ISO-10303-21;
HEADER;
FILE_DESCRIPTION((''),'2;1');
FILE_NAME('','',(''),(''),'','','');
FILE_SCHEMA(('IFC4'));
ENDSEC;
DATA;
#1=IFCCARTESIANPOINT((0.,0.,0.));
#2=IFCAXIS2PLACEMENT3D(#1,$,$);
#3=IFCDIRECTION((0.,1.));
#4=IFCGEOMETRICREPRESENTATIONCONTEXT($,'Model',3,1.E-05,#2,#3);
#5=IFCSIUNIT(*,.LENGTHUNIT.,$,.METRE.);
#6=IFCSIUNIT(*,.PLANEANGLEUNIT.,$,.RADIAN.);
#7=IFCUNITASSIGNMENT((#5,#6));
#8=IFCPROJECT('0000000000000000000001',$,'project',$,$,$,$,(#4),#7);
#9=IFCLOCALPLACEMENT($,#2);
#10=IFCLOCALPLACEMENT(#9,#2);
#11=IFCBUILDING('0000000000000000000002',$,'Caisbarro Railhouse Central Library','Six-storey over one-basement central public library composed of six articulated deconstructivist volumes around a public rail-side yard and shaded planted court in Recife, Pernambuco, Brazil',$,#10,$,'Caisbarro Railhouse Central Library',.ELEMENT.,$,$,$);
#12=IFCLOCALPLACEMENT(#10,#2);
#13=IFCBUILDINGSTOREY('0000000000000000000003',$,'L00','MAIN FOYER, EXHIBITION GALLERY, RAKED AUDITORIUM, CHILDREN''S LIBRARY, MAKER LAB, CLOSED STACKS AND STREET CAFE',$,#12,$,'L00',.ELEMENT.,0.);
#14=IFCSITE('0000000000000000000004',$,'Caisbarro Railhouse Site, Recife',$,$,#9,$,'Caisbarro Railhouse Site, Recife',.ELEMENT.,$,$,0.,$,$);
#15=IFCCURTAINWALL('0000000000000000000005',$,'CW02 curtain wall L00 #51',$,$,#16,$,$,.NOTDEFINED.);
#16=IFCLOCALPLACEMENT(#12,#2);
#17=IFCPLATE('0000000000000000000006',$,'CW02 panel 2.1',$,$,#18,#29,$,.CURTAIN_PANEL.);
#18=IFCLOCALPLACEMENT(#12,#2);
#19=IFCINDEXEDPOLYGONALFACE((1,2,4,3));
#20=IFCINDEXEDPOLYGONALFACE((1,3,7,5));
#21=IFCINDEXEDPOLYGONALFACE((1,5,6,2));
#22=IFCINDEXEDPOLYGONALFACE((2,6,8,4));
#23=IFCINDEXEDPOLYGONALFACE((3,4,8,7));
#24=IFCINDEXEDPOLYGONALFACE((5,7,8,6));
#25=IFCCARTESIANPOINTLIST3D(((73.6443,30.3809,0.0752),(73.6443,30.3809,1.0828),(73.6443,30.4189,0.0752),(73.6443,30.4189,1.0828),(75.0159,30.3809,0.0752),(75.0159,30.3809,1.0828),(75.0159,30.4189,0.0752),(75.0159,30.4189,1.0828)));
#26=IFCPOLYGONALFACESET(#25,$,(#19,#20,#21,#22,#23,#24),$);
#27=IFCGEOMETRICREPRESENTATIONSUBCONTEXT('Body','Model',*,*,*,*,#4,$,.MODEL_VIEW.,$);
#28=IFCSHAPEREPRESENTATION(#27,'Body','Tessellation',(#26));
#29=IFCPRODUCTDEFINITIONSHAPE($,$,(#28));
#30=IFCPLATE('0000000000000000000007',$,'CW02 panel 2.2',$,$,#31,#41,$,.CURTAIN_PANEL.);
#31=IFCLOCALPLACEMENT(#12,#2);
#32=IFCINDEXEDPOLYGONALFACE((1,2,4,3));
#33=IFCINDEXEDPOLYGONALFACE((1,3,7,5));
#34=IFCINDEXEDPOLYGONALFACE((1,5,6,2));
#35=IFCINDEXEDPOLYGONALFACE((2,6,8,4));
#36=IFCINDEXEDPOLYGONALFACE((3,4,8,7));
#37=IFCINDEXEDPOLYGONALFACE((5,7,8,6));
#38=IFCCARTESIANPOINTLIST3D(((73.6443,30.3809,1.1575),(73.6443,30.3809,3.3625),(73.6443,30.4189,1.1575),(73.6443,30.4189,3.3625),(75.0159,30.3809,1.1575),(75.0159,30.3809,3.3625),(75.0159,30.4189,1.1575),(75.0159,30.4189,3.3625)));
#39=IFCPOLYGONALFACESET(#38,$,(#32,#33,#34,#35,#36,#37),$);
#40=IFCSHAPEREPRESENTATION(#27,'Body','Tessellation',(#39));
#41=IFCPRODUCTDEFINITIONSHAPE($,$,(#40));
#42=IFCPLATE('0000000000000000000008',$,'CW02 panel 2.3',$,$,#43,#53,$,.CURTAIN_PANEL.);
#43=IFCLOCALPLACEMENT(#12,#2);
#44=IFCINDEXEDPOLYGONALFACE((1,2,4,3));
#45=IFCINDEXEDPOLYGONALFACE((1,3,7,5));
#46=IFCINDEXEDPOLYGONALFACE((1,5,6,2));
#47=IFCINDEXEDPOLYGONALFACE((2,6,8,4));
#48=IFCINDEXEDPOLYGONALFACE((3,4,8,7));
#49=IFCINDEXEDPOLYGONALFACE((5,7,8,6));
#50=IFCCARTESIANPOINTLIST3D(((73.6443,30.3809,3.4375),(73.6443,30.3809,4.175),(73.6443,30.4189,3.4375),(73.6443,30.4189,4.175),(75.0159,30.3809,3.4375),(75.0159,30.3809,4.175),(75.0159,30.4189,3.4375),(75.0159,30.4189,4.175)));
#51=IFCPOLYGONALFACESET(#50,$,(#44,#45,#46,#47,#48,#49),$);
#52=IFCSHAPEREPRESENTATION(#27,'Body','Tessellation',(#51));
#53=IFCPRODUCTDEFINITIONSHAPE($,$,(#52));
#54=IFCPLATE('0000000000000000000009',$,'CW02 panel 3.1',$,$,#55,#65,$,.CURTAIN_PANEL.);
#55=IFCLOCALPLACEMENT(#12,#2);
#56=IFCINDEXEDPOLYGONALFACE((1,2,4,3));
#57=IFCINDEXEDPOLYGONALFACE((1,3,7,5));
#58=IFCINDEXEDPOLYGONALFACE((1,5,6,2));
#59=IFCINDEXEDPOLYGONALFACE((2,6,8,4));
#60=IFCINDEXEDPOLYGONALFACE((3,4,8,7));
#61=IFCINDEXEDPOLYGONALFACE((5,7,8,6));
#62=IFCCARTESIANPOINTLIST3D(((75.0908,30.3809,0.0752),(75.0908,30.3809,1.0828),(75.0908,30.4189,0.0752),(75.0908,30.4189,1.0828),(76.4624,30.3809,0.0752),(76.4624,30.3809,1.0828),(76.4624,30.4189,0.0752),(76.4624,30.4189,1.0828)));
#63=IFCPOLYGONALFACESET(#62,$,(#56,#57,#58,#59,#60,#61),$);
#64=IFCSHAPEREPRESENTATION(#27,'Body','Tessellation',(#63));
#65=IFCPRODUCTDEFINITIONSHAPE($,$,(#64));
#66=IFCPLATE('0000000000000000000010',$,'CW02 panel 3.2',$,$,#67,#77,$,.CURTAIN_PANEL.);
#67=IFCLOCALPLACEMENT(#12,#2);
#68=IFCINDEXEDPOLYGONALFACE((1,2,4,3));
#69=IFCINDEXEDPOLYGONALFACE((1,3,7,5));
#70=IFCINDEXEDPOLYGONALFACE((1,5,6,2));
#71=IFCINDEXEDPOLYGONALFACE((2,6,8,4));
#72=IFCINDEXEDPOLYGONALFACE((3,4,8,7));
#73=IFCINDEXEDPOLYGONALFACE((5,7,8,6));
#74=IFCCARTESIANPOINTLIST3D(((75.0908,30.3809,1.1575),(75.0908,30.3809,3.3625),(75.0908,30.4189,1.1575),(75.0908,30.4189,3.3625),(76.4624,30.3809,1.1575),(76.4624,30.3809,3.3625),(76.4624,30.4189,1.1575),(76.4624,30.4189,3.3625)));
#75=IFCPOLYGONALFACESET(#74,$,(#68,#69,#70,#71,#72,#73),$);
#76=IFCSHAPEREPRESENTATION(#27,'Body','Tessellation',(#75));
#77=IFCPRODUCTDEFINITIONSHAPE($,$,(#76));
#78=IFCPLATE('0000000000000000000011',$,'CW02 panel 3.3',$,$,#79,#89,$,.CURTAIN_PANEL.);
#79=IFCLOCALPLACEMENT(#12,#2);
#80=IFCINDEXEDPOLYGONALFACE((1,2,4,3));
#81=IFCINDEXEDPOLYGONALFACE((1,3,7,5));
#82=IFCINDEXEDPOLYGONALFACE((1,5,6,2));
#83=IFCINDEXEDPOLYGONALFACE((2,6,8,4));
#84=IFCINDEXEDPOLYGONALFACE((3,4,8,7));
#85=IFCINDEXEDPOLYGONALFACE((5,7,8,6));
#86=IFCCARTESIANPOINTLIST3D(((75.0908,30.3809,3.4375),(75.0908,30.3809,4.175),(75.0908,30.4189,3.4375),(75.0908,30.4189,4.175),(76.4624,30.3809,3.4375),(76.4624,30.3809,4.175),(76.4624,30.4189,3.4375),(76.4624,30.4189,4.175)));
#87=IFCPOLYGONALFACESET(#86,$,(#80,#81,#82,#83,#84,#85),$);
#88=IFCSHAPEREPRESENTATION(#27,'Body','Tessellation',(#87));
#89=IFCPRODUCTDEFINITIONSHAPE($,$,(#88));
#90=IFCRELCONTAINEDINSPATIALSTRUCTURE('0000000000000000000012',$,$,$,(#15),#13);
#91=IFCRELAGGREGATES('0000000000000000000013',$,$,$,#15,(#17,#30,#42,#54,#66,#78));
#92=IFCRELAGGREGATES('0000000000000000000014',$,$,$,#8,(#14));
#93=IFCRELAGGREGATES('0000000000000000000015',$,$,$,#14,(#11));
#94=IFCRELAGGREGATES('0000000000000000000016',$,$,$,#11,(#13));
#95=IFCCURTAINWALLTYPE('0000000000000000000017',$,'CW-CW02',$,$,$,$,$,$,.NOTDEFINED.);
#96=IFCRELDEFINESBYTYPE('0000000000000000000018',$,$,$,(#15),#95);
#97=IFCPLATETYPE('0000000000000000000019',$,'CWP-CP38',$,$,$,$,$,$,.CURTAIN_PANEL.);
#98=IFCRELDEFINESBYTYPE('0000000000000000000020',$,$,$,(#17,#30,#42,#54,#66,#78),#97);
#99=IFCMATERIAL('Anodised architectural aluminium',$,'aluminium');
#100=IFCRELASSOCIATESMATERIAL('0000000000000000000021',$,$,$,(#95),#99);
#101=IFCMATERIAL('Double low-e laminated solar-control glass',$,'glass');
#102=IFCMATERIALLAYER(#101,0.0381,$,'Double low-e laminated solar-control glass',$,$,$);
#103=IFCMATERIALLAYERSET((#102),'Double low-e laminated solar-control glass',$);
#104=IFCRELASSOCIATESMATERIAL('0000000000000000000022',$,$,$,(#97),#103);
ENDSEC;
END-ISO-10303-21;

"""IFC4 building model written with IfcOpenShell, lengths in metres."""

from ifc_helpers import new_model, si_unit, direction, frame, origin, origin_2d, place, context, subcontext, project, spatial, rectangle, extrude, material, layer, layer_set, type_object, element, aggregate, save


model = new_model("IFC4")

# Units and contexts
model_context = context("Model", 3, precision=1e-05, world=origin(), true_north=direction((0.0, 1.0)))
body_context = subcontext(model_context, "Body", "Model", "MODEL_VIEW")
ifc_project = project(units=[si_unit("LENGTHUNIT", "METRE"), si_unit("PLANEANGLEUNIT", "RADIAN")], contexts=[model_context])

# Site, building, storey
site_placement = place(None, origin())
site = spatial("IfcSite", under=ifc_project, at=site_placement, Name="Caisbarro Railhouse Site, Recife", LongName="Caisbarro Railhouse Site, Recife", CompositionType="ELEMENT", RefElevation=0.0)
building_placement = place(site_placement, origin())
building = spatial("IfcBuilding", under=site, at=building_placement, Name="Caisbarro Railhouse Central Library", Description="Six-storey over one-basement central public library composed of six articulated deconstructivist volumes around a public rail-side yard and shaded planted court in Recife, Pernambuco, Brazil", LongName="Caisbarro Railhouse Central Library", CompositionType="ELEMENT")
storey_placement = place(building_placement, origin())
storey = spatial("IfcBuildingStorey", under=building, at=storey_placement, Name="L00", Description="MAIN FOYER, EXHIBITION GALLERY, RAKED AUDITORIUM, CHILDREN'S LIBRARY, MAKER LAB, CLOSED STACKS AND STREET CAFE", LongName="L00", CompositionType="ELEMENT", Elevation=0.0)

# Curtain wall, plates
ifc_material_1 = material(Name="Anodised architectural aluminium", Category="aluminium")
curtain_wall_type = type_object("IfcCurtainWallType", Name="CW-CW02", PredefinedType="NOTDEFINED", material=ifc_material_1)
curtain_wall_placement = place(storey_placement, origin())
curtain_wall = element("IfcCurtainWall", 1, at=curtain_wall_placement, inside=storey, type_object=curtain_wall_type, Name="CW02 curtain wall L00 #51", PredefinedType="NOTDEFINED")
ifc_material_2 = material(Name="Double low-e laminated solar-control glass", Category="glass")
ifc_layer = layer(ifc_material_2, 0.0381, Name="Double low-e laminated solar-control glass")
ifc_layer_set = layer_set([ifc_layer], Name="Double low-e laminated solar-control glass")
plate_type = type_object("IfcPlateType", Name="CWP-CP38", PredefinedType="CURTAIN_PANEL", material=ifc_layer_set)
plate_1_placement = place(storey_placement, frame((74.3301, 30.3999, 0.0752), z_axis=(0.0, 0.0, 1.0), x_axis=(1.0, 0.0, 0.0)))
plate_1 = element("IfcPlate", 2, at=plate_1_placement, type_object=plate_type, Name="CW02 panel 2.1", PredefinedType="CURTAIN_PANEL", context=body_context, shape_type="SweptSolid", body=[
    extrude(rectangle(XDim=1.3716, YDim=0.0381, at=origin_2d()), origin(), (0.0, 0.0, 1.0), 1.0076),
])
plate_2_placement = place(storey_placement, frame((74.3301, 30.3999, 1.1575), z_axis=(0.0, 0.0, 1.0), x_axis=(1.0, 0.0, 0.0)))
plate_2 = element("IfcPlate", 3, at=plate_2_placement, type_object=plate_type, Name="CW02 panel 2.2", PredefinedType="CURTAIN_PANEL", context=body_context, shape_type="SweptSolid", body=[
    extrude(rectangle(XDim=1.3716, YDim=0.0381, at=origin_2d()), origin(), (0.0, 0.0, 1.0), 2.2051),
])
plate_3_placement = place(storey_placement, frame((74.3301, 30.3999, 3.4375), z_axis=(0.0, 0.0, 1.0), x_axis=(1.0, 0.0, 0.0)))
plate_3 = element("IfcPlate", 4, at=plate_3_placement, type_object=plate_type, Name="CW02 panel 2.3", PredefinedType="CURTAIN_PANEL", context=body_context, shape_type="SweptSolid", body=[
    extrude(rectangle(XDim=1.3716, YDim=0.0381, at=origin_2d()), origin(), (0.0, 0.0, 1.0), 0.7375),
])
plate_4_placement = place(storey_placement, frame((75.7766, 30.3999, 0.0752), z_axis=(0.0, 0.0, 1.0), x_axis=(1.0, 0.0, 0.0)))
plate_4 = element("IfcPlate", 5, at=plate_4_placement, type_object=plate_type, Name="CW02 panel 3.1", PredefinedType="CURTAIN_PANEL", context=body_context, shape_type="SweptSolid", body=[
    extrude(rectangle(XDim=1.3716, YDim=0.0381, at=origin_2d()), origin(), (0.0, 0.0, 1.0), 1.0076),
])
plate_5_placement = place(storey_placement, frame((75.7766, 30.3999, 1.1575), z_axis=(0.0, 0.0, 1.0), x_axis=(1.0, 0.0, 0.0)))
plate_5 = element("IfcPlate", 6, at=plate_5_placement, type_object=plate_type, Name="CW02 panel 3.2", PredefinedType="CURTAIN_PANEL", context=body_context, shape_type="SweptSolid", body=[
    extrude(rectangle(XDim=1.3716, YDim=0.0381, at=origin_2d()), origin(), (0.0, 0.0, 1.0), 2.2051),
])
plate_6_placement = place(storey_placement, frame((75.7766, 30.3999, 3.4375), z_axis=(0.0, 0.0, 1.0), x_axis=(1.0, 0.0, 0.0)))
plate_6 = element("IfcPlate", 7, at=plate_6_placement, type_object=plate_type, Name="CW02 panel 3.3", PredefinedType="CURTAIN_PANEL", context=body_context, shape_type="SweptSolid", body=[
    extrude(rectangle(XDim=1.3716, YDim=0.0381, at=origin_2d()), origin(), (0.0, 0.0, 1.0), 0.7375),
])
aggregate(curtain_wall, [plate_1, plate_2, plate_3, plate_4, plate_5, plate_6])

save(model, "model.ifc")
